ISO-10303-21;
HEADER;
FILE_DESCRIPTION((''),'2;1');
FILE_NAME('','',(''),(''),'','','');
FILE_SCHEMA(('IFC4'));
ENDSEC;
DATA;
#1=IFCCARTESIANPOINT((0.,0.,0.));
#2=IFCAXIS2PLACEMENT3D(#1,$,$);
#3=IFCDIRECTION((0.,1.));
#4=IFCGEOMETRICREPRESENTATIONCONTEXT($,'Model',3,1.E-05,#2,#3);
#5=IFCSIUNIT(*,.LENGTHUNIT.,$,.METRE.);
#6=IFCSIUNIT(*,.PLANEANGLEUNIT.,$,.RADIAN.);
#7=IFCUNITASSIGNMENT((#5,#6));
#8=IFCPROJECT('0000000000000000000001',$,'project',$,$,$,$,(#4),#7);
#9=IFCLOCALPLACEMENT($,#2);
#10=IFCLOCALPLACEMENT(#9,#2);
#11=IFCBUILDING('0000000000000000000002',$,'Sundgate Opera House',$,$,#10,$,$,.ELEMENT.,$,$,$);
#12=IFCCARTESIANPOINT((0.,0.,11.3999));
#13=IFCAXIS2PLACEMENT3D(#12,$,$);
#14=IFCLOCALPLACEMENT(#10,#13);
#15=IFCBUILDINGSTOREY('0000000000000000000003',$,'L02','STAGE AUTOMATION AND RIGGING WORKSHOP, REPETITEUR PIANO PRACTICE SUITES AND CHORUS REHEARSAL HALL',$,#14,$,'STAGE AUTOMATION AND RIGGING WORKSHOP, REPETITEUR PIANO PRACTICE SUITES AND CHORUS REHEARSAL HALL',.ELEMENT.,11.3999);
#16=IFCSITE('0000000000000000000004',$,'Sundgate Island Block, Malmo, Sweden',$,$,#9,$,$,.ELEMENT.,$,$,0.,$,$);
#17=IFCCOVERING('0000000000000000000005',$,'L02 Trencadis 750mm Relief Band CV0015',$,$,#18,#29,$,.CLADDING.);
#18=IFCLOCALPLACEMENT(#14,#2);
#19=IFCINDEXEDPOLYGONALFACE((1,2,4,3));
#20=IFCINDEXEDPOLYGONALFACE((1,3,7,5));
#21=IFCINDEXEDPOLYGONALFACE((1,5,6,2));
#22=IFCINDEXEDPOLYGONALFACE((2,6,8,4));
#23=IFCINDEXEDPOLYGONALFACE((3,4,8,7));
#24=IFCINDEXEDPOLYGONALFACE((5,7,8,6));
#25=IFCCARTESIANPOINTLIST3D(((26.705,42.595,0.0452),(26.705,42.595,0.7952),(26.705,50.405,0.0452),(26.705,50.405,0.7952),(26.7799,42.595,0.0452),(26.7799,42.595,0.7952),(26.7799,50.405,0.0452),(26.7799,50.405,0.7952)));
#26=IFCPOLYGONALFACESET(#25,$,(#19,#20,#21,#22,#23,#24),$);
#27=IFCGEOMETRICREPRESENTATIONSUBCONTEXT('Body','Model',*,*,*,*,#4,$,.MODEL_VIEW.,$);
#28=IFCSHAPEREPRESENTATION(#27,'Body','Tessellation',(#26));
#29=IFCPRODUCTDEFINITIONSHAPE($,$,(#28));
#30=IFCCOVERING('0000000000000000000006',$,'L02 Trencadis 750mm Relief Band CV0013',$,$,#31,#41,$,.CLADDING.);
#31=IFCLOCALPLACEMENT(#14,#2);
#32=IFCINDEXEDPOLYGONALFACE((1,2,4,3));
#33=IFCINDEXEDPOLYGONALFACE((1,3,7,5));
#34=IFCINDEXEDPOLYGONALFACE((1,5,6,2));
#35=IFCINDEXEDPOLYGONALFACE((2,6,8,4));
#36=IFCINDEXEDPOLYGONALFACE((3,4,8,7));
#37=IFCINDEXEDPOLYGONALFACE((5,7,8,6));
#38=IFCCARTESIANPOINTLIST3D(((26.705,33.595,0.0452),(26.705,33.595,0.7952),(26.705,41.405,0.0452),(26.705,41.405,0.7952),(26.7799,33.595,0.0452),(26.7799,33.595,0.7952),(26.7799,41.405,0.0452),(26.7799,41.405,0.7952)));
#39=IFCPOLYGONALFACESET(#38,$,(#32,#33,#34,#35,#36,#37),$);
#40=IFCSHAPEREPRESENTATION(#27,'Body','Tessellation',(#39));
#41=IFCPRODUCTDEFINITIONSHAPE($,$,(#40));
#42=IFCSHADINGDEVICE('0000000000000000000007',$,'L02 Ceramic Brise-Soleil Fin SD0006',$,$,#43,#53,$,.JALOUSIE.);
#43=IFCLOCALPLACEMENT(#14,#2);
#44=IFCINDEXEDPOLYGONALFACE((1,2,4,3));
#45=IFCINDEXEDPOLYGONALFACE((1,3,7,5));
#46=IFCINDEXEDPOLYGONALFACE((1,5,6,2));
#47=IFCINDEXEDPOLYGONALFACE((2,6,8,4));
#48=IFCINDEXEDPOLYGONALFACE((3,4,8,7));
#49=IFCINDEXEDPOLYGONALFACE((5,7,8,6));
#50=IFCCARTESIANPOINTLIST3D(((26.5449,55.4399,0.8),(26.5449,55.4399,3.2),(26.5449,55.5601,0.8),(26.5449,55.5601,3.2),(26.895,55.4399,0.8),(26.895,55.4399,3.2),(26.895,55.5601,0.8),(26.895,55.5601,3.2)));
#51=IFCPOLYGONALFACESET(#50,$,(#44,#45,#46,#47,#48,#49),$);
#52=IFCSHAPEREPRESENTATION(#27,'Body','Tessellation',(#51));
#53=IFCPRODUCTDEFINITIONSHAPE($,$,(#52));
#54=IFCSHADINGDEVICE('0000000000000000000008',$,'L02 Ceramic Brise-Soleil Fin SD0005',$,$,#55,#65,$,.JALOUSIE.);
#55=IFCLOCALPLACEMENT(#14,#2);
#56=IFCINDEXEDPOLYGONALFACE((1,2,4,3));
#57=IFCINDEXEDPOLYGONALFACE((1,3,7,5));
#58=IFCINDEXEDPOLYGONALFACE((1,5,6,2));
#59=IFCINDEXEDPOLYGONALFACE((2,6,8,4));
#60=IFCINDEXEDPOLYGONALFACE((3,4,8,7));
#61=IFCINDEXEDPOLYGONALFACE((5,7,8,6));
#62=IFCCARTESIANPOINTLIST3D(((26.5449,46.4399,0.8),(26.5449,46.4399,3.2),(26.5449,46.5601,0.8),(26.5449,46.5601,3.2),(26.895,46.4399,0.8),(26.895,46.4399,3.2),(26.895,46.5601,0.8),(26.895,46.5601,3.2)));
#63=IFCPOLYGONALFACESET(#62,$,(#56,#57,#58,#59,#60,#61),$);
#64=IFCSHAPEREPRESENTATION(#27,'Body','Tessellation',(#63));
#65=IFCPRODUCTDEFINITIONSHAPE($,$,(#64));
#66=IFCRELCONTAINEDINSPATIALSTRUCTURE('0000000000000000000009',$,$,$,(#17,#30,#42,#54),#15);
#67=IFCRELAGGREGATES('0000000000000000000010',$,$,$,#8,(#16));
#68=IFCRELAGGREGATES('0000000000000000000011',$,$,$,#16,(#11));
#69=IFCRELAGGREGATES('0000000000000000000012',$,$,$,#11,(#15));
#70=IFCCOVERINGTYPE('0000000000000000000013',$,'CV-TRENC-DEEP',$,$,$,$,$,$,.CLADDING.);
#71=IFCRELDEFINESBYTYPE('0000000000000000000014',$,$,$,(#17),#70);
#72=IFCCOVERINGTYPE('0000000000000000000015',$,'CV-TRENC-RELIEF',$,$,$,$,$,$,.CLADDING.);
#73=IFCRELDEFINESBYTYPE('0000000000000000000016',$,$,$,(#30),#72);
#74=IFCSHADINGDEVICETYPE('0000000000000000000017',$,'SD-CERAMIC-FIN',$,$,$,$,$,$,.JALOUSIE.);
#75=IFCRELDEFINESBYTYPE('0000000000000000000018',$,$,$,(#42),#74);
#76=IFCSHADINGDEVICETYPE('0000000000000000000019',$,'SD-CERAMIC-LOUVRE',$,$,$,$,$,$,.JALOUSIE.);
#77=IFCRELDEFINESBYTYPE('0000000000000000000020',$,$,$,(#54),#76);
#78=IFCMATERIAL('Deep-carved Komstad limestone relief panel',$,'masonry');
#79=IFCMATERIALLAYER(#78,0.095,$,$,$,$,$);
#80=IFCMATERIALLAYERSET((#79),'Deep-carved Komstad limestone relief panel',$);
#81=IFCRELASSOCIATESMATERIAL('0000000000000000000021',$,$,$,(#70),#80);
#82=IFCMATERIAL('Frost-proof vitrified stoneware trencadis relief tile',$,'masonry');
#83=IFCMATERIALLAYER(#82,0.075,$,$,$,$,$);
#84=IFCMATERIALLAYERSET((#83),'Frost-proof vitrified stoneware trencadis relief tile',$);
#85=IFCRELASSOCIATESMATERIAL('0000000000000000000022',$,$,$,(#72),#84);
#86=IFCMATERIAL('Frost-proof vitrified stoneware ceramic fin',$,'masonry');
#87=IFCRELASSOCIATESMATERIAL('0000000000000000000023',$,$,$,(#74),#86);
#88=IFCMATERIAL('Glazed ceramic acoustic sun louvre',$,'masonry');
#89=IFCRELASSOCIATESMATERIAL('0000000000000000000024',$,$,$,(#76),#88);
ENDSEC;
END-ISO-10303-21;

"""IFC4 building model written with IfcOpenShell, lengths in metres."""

from ifc_helpers import new_model, si_unit, direction, frame, origin, origin_2d, place, context, subcontext, project, spatial, rectangle, extrude, material, layer, layer_set, type_object, element, save


model = new_model("IFC4")

# Units and contexts
model_context = context("Model", 3, precision=1e-05, world=origin(), true_north=direction((0.0, 1.0)))
body_context = subcontext(model_context, "Body", "Model", "MODEL_VIEW")
ifc_project = project(units=[si_unit("LENGTHUNIT", "METRE"), si_unit("PLANEANGLEUNIT", "RADIAN")], contexts=[model_context])

# Site, building, storey
site_placement = place(None, origin())
site = spatial("IfcSite", under=ifc_project, at=site_placement, Name="Sundgate Island Block, Malmo, Sweden", CompositionType="ELEMENT", RefElevation=0.0)
building_placement = place(site_placement, origin())
building = spatial("IfcBuilding", under=site, at=building_placement, Name="Sundgate Opera House", CompositionType="ELEMENT")
storey_placement = place(building_placement, frame((0.0, 0.0, 11.3999)))
storey = spatial("IfcBuildingStorey", under=building, at=storey_placement, Name="L02", Description="STAGE AUTOMATION AND RIGGING WORKSHOP, REPETITEUR PIANO PRACTICE SUITES AND CHORUS REHEARSAL HALL", LongName="STAGE AUTOMATION AND RIGGING WORKSHOP, REPETITEUR PIANO PRACTICE SUITES AND CHORUS REHEARSAL HALL", CompositionType="ELEMENT", Elevation=11.3999)

# Coverings
ifc_material_1 = material(Name="Deep-carved Komstad limestone relief panel", Category="masonry")
ifc_layer_1 = layer(ifc_material_1, 0.095)
ifc_layer_set_1 = layer_set([ifc_layer_1], Name="Deep-carved Komstad limestone relief panel")
covering_type_1 = type_object("IfcCoveringType", Name="CV-TRENC-DEEP", PredefinedType="CLADDING", material=ifc_layer_set_1)
covering_1_placement = place(storey_placement, frame((26.7424, 46.5, 0.0452), z_axis=(0.0, 0.0, 1.0), x_axis=(0.0, 1.0, 0.0)))
element("IfcCovering", 1, at=covering_1_placement, inside=storey, type_object=covering_type_1, Name="L02 Trencadis 750mm Relief Band CV0015", PredefinedType="CLADDING", context=body_context, shape_type="SweptSolid", body=[
    extrude(rectangle(XDim=7.8101, YDim=0.075, at=origin_2d()), origin(), (0.0, 0.0, 1.0), 0.75),
])
ifc_material_2 = material(Name="Frost-proof vitrified stoneware trencadis relief tile", Category="masonry")
ifc_layer_2 = layer(ifc_material_2, 0.075)
ifc_layer_set_2 = layer_set([ifc_layer_2], Name="Frost-proof vitrified stoneware trencadis relief tile")
covering_type_2 = type_object("IfcCoveringType", Name="CV-TRENC-RELIEF", PredefinedType="CLADDING", material=ifc_layer_set_2)
covering_2_placement = place(storey_placement, frame((26.7424, 37.5, 0.0452), z_axis=(0.0, 0.0, 1.0), x_axis=(0.0, 1.0, 0.0)))
element("IfcCovering", 2, at=covering_2_placement, inside=storey, type_object=covering_type_2, Name="L02 Trencadis 750mm Relief Band CV0013", PredefinedType="CLADDING", context=body_context, shape_type="SweptSolid", body=[
    extrude(rectangle(XDim=7.8101, YDim=0.075, at=origin_2d()), origin(), (0.0, 0.0, 1.0), 0.75),
])

# Shading devices
ifc_material_3 = material(Name="Frost-proof vitrified stoneware ceramic fin", Category="masonry")
shading_device_type_1 = type_object("IfcShadingDeviceType", Name="SD-CERAMIC-FIN", PredefinedType="JALOUSIE", material=ifc_material_3)
shading_device_1_placement = place(storey_placement, frame((26.72, 55.5, 0.8), z_axis=(0.0, 0.0, 1.0), x_axis=(1.0, 0.0, 0.0)))
element("IfcShadingDevice", 3, at=shading_device_1_placement, inside=storey, type_object=shading_device_type_1, Name="L02 Ceramic Brise-Soleil Fin SD0006", PredefinedType="JALOUSIE", context=body_context, shape_type="SweptSolid", body=[
    extrude(rectangle(XDim=0.3501, YDim=0.1201, at=origin_2d()), origin(), (0.0, 0.0, 1.0), 2.3999),
])
ifc_material_4 = material(Name="Glazed ceramic acoustic sun louvre", Category="masonry")
shading_device_type_2 = type_object("IfcShadingDeviceType", Name="SD-CERAMIC-LOUVRE", PredefinedType="JALOUSIE", material=ifc_material_4)
shading_device_2_placement = place(storey_placement, frame((26.72, 46.5, 0.8), z_axis=(0.0, 0.0, 1.0), x_axis=(1.0, 0.0, 0.0)))
element("IfcShadingDevice", 4, at=shading_device_2_placement, inside=storey, type_object=shading_device_type_2, Name="L02 Ceramic Brise-Soleil Fin SD0005", PredefinedType="JALOUSIE", context=body_context, shape_type="SweptSolid", body=[
    extrude(rectangle(XDim=0.3501, YDim=0.1201, at=origin_2d()), origin(), (0.0, 0.0, 1.0), 2.3999),
])

save(model, "model.ifc")
